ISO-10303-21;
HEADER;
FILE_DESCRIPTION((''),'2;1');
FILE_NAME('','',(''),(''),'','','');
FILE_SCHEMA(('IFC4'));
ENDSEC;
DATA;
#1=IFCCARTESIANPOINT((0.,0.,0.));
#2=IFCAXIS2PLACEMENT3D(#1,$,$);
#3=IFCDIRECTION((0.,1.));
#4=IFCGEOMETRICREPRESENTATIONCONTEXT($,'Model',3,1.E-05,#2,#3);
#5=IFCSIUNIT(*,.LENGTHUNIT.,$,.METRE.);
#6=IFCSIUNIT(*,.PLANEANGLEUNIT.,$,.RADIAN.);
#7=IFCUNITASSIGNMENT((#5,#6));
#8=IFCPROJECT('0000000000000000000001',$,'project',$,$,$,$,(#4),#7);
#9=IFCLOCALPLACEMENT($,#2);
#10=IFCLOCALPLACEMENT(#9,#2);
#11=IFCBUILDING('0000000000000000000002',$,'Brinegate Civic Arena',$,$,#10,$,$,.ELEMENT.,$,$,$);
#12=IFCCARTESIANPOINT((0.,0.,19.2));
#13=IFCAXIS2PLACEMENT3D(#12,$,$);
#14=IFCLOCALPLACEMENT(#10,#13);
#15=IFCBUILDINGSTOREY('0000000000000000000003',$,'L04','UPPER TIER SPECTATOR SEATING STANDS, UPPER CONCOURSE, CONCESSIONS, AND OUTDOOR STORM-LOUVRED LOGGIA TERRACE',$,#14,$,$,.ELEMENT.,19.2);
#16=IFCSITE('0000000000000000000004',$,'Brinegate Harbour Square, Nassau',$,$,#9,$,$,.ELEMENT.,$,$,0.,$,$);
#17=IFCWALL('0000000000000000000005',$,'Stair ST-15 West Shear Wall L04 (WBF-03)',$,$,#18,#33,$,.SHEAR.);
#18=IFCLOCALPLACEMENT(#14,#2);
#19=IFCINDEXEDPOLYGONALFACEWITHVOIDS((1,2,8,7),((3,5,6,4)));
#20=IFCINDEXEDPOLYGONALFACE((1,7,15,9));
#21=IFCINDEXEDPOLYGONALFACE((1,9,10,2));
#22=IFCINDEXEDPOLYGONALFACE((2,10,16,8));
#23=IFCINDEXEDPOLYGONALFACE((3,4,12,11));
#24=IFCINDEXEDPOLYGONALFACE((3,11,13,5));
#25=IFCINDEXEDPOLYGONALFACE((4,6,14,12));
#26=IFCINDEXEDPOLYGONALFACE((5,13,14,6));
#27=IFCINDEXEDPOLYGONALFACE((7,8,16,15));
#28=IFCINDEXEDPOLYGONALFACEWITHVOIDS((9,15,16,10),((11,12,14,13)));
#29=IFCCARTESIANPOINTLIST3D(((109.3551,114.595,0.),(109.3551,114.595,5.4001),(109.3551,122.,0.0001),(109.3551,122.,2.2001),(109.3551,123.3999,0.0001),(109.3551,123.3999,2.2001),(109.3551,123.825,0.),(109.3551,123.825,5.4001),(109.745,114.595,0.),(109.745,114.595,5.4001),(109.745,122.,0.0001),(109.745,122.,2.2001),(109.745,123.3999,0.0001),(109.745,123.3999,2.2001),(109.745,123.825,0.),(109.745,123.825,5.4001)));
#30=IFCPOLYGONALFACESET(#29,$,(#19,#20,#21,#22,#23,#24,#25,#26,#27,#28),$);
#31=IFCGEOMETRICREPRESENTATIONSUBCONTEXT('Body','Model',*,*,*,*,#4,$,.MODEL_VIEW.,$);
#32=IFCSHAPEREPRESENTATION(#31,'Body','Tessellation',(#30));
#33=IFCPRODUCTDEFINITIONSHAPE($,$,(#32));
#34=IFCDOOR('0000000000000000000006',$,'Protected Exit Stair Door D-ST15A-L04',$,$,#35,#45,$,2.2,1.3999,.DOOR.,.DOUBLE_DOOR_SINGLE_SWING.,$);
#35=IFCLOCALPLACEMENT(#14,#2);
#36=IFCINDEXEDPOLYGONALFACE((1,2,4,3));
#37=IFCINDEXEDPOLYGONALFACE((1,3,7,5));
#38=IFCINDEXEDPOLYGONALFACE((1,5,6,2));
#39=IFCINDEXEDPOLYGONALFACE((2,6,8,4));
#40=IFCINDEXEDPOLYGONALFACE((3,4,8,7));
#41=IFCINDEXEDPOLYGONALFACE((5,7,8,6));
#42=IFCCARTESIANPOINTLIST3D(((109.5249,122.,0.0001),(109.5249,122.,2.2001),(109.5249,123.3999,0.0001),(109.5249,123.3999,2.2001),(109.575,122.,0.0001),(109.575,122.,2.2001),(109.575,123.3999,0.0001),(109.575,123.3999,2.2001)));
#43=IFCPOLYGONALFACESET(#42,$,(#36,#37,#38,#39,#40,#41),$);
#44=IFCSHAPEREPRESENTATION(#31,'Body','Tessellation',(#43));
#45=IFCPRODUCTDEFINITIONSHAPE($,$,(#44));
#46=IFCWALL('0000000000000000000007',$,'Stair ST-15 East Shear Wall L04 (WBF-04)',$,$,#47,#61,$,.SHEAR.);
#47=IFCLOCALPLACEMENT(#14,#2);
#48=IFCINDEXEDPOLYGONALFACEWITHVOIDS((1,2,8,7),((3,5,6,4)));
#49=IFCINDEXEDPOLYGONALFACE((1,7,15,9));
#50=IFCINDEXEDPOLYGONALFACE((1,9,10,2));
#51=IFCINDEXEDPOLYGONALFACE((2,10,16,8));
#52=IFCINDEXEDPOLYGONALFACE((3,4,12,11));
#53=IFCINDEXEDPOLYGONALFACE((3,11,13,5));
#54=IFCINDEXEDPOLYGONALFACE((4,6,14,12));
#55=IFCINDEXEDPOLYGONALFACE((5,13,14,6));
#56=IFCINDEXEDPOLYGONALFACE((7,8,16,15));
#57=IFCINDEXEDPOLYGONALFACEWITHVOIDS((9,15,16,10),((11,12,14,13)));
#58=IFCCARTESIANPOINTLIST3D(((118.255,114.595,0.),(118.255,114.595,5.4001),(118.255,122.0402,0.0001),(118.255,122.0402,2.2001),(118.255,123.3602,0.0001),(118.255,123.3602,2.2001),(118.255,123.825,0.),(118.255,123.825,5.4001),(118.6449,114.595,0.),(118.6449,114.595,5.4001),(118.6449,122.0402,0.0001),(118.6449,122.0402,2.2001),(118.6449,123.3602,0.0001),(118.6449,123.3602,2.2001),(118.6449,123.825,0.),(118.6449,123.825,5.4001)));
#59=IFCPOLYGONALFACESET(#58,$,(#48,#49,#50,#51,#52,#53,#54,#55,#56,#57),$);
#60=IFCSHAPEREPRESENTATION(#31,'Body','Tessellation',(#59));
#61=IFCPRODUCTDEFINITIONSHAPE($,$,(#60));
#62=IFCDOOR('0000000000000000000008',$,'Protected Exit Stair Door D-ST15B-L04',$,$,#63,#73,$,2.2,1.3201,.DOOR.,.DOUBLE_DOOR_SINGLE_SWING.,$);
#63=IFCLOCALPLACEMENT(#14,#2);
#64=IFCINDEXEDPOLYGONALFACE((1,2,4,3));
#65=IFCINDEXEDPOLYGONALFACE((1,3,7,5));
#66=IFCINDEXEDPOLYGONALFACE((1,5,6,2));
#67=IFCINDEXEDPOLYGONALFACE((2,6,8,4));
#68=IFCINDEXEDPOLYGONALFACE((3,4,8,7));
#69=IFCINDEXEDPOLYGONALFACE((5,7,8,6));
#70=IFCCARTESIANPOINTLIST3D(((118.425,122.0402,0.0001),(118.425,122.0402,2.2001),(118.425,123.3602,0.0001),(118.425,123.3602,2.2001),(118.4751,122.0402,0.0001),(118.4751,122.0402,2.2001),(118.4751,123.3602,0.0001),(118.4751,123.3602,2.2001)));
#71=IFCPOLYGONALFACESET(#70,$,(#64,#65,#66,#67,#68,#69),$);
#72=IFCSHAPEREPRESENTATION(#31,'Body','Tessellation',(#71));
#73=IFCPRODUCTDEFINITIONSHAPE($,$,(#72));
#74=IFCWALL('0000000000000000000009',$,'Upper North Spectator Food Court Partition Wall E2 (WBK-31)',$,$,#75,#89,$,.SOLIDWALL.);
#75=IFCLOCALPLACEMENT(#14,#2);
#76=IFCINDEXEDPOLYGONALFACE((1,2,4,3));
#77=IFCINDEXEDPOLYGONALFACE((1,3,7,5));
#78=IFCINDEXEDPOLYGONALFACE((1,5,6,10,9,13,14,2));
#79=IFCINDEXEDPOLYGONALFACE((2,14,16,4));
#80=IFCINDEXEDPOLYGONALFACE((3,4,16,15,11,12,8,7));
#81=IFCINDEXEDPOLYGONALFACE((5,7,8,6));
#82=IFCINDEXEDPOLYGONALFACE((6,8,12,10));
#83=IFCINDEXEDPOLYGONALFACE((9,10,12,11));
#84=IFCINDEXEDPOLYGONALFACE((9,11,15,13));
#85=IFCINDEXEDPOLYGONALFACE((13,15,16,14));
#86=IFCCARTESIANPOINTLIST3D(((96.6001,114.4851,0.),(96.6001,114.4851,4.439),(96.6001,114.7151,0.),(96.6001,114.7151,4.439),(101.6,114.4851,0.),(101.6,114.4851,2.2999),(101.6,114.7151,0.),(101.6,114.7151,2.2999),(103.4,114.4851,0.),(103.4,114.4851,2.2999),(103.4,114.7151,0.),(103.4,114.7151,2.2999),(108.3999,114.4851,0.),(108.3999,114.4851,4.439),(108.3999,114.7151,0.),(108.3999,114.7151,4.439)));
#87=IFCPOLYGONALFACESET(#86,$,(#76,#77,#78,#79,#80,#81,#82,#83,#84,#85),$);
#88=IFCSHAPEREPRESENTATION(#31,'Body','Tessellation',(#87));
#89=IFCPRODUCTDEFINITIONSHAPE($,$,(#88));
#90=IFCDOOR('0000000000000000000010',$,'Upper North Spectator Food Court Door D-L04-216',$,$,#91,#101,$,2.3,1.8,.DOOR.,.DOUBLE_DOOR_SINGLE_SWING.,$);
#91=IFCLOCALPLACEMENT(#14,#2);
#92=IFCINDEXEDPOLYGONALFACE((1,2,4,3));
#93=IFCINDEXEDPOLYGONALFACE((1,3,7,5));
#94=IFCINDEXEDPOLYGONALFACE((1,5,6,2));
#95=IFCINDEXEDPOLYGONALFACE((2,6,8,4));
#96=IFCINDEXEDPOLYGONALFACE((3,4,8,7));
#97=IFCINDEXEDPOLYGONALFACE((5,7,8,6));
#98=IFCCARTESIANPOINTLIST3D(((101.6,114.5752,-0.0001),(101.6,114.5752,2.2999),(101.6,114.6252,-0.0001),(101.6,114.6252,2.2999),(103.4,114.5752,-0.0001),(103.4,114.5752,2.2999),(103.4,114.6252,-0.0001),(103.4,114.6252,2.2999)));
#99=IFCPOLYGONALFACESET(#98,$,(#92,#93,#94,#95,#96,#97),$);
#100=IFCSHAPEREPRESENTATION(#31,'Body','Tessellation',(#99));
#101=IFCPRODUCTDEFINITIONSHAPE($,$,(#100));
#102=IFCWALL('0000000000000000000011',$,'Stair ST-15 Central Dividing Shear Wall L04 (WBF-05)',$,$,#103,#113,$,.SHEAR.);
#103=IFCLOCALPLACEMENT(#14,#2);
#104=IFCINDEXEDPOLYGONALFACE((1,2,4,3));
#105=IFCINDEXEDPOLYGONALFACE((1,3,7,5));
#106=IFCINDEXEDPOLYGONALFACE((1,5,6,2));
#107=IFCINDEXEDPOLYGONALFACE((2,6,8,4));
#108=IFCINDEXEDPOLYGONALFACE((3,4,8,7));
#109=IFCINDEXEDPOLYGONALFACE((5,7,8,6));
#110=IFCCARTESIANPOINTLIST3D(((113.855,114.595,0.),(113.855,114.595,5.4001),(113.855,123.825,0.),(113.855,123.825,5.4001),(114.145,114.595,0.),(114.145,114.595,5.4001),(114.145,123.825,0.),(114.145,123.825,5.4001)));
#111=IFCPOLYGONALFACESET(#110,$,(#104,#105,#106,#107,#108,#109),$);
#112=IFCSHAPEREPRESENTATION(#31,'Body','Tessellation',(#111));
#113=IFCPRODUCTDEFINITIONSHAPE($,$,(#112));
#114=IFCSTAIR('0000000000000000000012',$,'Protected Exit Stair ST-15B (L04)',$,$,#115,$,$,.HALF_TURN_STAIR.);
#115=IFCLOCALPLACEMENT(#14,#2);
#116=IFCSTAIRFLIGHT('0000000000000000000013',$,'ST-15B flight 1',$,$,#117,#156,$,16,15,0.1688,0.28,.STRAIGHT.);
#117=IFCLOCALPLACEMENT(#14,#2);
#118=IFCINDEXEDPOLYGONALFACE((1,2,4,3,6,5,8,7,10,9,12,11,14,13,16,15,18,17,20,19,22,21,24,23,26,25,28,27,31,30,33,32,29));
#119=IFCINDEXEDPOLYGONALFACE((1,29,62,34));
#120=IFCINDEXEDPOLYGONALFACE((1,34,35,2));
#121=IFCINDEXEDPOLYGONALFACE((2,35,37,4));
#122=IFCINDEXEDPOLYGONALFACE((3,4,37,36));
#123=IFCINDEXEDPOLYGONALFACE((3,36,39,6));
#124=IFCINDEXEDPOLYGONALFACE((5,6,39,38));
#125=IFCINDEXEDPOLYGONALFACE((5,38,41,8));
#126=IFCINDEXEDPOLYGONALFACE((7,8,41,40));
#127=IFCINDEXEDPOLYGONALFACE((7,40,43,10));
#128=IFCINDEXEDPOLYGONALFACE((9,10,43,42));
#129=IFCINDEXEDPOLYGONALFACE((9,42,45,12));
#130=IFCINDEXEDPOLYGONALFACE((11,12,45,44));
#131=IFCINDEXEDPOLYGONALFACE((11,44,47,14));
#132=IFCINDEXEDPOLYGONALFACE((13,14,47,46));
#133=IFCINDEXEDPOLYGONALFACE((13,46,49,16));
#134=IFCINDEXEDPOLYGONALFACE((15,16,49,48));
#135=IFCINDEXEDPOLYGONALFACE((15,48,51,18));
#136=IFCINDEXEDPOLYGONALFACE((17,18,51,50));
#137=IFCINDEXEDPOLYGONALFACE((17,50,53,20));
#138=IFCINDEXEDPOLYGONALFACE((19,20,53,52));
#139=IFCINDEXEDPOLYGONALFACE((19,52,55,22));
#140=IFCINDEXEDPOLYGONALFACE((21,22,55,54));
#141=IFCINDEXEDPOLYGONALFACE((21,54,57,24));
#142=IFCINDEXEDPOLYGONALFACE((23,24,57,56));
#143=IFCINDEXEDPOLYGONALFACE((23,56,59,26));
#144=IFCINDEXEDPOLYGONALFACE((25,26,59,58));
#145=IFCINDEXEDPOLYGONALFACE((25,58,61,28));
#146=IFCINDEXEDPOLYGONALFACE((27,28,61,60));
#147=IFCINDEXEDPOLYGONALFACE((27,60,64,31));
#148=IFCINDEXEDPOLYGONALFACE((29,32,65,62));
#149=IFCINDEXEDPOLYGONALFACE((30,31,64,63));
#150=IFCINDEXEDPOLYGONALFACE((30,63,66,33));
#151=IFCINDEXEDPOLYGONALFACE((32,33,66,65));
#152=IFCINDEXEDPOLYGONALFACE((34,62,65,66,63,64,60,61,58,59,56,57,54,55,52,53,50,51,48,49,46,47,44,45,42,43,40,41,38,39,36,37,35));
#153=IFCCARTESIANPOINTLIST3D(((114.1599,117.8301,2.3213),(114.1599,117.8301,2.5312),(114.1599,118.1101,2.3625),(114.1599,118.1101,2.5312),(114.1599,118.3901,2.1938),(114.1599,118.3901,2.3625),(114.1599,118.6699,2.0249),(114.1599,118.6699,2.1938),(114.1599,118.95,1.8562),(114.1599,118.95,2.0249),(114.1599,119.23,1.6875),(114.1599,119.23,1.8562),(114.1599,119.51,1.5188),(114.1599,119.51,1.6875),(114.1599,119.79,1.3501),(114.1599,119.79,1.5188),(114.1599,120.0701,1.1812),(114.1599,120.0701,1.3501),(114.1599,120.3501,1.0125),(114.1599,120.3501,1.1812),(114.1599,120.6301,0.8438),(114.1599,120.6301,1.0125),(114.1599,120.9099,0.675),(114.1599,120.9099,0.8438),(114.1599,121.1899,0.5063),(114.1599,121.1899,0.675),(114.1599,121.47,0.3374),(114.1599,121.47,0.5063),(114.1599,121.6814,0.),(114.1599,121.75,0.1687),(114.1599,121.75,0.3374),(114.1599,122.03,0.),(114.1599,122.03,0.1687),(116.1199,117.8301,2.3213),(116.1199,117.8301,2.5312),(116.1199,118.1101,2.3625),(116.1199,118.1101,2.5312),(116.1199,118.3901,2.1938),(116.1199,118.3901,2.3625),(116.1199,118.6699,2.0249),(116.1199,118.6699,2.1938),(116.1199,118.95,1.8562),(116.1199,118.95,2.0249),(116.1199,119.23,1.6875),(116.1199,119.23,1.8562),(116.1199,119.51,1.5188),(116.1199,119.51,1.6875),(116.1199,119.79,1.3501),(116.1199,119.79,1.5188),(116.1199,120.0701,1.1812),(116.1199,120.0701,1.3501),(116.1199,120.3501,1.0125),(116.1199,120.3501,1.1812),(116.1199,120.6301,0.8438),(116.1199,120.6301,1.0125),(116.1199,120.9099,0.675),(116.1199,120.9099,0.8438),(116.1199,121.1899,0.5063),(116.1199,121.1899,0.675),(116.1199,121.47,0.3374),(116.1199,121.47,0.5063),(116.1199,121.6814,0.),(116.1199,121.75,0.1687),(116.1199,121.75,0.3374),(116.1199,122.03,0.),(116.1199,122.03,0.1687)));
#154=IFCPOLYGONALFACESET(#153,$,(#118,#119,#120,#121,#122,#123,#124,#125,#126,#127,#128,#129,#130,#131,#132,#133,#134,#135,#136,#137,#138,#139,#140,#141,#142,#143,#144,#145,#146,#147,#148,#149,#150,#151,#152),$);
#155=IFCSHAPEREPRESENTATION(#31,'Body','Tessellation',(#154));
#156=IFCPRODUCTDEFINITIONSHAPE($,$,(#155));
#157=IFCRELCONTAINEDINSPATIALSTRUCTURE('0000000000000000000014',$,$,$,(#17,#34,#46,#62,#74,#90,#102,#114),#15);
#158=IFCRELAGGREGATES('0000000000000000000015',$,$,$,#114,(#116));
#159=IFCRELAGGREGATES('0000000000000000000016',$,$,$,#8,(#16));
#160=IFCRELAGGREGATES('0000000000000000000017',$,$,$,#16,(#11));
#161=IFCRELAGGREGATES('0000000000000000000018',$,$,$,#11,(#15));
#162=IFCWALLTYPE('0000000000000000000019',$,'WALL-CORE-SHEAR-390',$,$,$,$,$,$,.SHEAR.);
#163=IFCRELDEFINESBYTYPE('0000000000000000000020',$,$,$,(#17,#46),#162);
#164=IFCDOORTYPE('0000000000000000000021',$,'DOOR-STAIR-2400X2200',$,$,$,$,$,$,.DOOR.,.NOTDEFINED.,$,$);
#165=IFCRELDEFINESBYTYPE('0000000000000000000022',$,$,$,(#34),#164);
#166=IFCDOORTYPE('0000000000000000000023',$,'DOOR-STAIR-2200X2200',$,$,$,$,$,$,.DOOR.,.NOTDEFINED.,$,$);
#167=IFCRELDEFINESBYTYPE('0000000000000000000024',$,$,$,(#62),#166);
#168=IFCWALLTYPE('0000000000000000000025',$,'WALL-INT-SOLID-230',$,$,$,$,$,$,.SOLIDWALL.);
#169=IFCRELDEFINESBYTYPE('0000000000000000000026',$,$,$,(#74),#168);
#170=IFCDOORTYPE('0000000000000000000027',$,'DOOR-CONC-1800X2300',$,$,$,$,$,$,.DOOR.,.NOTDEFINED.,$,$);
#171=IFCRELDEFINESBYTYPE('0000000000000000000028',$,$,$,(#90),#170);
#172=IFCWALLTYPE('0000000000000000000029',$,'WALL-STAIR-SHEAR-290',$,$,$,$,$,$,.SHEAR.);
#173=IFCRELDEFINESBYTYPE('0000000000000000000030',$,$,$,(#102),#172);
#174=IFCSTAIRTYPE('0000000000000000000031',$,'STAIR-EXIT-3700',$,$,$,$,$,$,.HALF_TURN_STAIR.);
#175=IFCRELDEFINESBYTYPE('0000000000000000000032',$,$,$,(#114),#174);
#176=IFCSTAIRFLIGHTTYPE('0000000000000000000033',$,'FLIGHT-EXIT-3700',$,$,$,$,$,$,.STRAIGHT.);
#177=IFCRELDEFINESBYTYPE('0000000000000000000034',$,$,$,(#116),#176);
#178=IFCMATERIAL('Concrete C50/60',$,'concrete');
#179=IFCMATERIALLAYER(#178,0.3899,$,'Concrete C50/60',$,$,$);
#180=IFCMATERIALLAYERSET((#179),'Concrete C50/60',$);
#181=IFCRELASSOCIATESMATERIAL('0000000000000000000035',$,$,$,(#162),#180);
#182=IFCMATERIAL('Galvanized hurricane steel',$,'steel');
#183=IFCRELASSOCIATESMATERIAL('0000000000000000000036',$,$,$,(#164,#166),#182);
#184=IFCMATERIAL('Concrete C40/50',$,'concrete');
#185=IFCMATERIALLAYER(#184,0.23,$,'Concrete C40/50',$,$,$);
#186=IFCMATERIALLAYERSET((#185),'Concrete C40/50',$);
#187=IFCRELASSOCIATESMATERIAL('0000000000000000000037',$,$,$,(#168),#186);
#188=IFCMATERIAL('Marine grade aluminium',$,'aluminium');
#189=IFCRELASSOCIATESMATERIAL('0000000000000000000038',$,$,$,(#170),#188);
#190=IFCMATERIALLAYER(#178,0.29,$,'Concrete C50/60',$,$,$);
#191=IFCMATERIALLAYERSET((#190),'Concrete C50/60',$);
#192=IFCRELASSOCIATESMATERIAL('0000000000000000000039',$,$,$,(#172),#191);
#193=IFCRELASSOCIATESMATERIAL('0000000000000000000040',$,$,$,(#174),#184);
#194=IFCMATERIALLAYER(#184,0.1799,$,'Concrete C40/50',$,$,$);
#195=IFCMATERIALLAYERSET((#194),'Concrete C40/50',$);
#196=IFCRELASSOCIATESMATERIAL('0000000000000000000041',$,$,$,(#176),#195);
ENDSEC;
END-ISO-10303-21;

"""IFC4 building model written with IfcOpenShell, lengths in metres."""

from ifc_helpers import new_model, si_unit, direction, frame, frame_2d, origin, place, context, subcontext, project, spatial, polyline, rectangle, outline, extrude, material, layer, layer_set, type_object, element, fill, aggregate, save


model = new_model("IFC4")

# Units and contexts
model_context = context("Model", 3, precision=1e-05, world=origin(), true_north=direction((0.0, 1.0)))
body_context = subcontext(model_context, "Body", "Model", "MODEL_VIEW")
ifc_project = project(units=[si_unit("LENGTHUNIT", "METRE"), si_unit("PLANEANGLEUNIT", "RADIAN")], contexts=[model_context])

# Site, building, storey
site_placement = place(None, origin())
site = spatial("IfcSite", under=ifc_project, at=site_placement, Name="Brinegate Harbour Square, Nassau", CompositionType="ELEMENT", RefElevation=0.0)
building_placement = place(site_placement, origin())
building = spatial("IfcBuilding", under=site, at=building_placement, Name="Brinegate Civic Arena", CompositionType="ELEMENT")
storey_placement = place(building_placement, frame((0.0, 0.0, 19.2)))
storey = spatial("IfcBuildingStorey", under=building, at=storey_placement, Name="L04", Description="UPPER TIER SPECTATOR SEATING STANDS, UPPER CONCOURSE, CONCESSIONS, AND OUTDOOR STORM-LOUVRED LOGGIA TERRACE", CompositionType="ELEMENT", Elevation=19.2)

# Shared definitions
ifc_material_1 = material(Name="Concrete C50/60", Category="concrete")

# Shared definitions
ifc_layer_1 = layer(ifc_material_1, 0.3899, Name="Concrete C50/60")
ifc_layer_set_1 = layer_set([ifc_layer_1], Name="Concrete C50/60")
wall_type_1 = type_object("IfcWallType", Name="WALL-CORE-SHEAR-390", PredefinedType="SHEAR", material=ifc_layer_set_1)

# Walls, openings, doors
wall_1_placement = place(storey_placement, frame((109.55, 114.595, 0.0), z_axis=(0.0, 0.0, 1.0), x_axis=(0.0, 1.0, 0.0)))
wall_1 = element("IfcWall", 1, at=wall_1_placement, inside=storey, type_object=wall_type_1, Name="Stair ST-15 West Shear Wall L04 (WBF-03)", PredefinedType="SHEAR", context=body_context, shape_type="SweptSolid", body=[
    extrude(rectangle(XDim=9.23, YDim=0.3899, at=frame_2d((4.615, 0.0))), origin(), (0.0, 0.0, 1.0), 5.4001),
])
opening_1_placement = place(wall_1_placement, frame((7.405, 0.0, 0.0)))
opening_1 = element("IfcOpeningElement", 2, at=opening_1_placement, cuts=wall_1, PredefinedType="OPENING", context=body_context, shape_type="SweptSolid", body=[
    extrude(rectangle(XDim=1.3999, YDim=2.2, at=frame_2d((0.7, 1.1001))), frame((0.0, 0.2048, 0.0), z_axis=(0.0, -1.0, 0.0), x_axis=(1.0, 0.0, 0.0)), (0.0, 0.0, 1.0), 0.4099),
])
ifc_material_2 = material(Name="Galvanized hurricane steel", Category="steel")
door_type_1 = type_object("IfcDoorType", Name="DOOR-STAIR-2400X2200", OperationType="NOTDEFINED", PredefinedType="DOOR", material=ifc_material_2)
door_1_placement = place(opening_1_placement, frame((1.3999, 0.0, 0.0), z_axis=(0.0, 0.0, 1.0), x_axis=(-1.0, 0.0, 0.0)))
door_1 = element("IfcDoor", 3, at=door_1_placement, inside=storey, type_object=door_type_1, Name="Protected Exit Stair Door D-ST15A-L04", OperationType="DOUBLE_DOOR_SINGLE_SWING", OverallHeight=2.2, OverallWidth=1.3999, PredefinedType="DOOR", context=body_context, shape_type="SweptSolid", body=[
    extrude(rectangle(XDim=1.3999, YDim=2.2, at=frame_2d((0.7, 1.1001))), frame((0.0, 0.0249, 0.0), z_axis=(0.0, -1.0, 0.0), x_axis=(1.0, 0.0, 0.0)), (0.0, 0.0, 1.0), 0.05),
])
fill(opening_1, door_1)
wall_2_placement = place(storey_placement, frame((118.45, 114.595, 0.0), z_axis=(0.0, 0.0, 1.0), x_axis=(0.0, 1.0, 0.0)))
wall_2 = element("IfcWall", 4, at=wall_2_placement, inside=storey, type_object=wall_type_1, Name="Stair ST-15 East Shear Wall L04 (WBF-04)", PredefinedType="SHEAR", context=body_context, shape_type="SweptSolid", body=[
    extrude(rectangle(XDim=9.23, YDim=0.3899, at=frame_2d((4.615, 0.0))), origin(), (0.0, 0.0, 1.0), 5.4001),
])
opening_2_placement = place(wall_2_placement, frame((7.4451, 0.0, 0.0)))
opening_2 = element("IfcOpeningElement", 5, at=opening_2_placement, cuts=wall_2, PredefinedType="OPENING", context=body_context, shape_type="SweptSolid", body=[
    extrude(rectangle(XDim=1.3201, YDim=2.2, at=frame_2d((0.6602, 1.1001))), frame((0.0, 0.2048, 0.0), z_axis=(0.0, -1.0, 0.0), x_axis=(1.0, 0.0, 0.0)), (0.0, 0.0, 1.0), 0.4099),
])
door_type_2 = type_object("IfcDoorType", Name="DOOR-STAIR-2200X2200", OperationType="NOTDEFINED", PredefinedType="DOOR", material=ifc_material_2)
door_2_placement = place(opening_2_placement, origin())
door_2 = element("IfcDoor", 6, at=door_2_placement, inside=storey, type_object=door_type_2, Name="Protected Exit Stair Door D-ST15B-L04", OperationType="DOUBLE_DOOR_SINGLE_SWING", OverallHeight=2.2, OverallWidth=1.3201, PredefinedType="DOOR", context=body_context, shape_type="SweptSolid", body=[
    extrude(rectangle(XDim=1.3201, YDim=2.2, at=frame_2d((0.6602, 1.1001))), frame((0.0, 0.0249, 0.0), z_axis=(0.0, -1.0, 0.0), x_axis=(1.0, 0.0, 0.0)), (0.0, 0.0, 1.0), 0.05),
])
fill(opening_2, door_2)
ifc_material_3 = material(Name="Concrete C40/50", Category="concrete")
ifc_layer_2 = layer(ifc_material_3, 0.23, Name="Concrete C40/50")
ifc_layer_set_2 = layer_set([ifc_layer_2], Name="Concrete C40/50")
wall_type_2 = type_object("IfcWallType", Name="WALL-INT-SOLID-230", PredefinedType="SOLIDWALL", material=ifc_layer_set_2)
wall_3_placement = place(storey_placement, frame((108.3999, 114.6001, 0.0), z_axis=(0.0, 0.0, 1.0), x_axis=(-1.0, 0.0, 0.0)))
wall_3 = element("IfcWall", 7, at=wall_3_placement, inside=storey, type_object=wall_type_2, Name="Upper North Spectator Food Court Partition Wall E2 (WBK-31)", PredefinedType="SOLIDWALL", context=body_context, shape_type="SweptSolid", body=[
    extrude(rectangle(XDim=11.7998, YDim=0.23, at=frame_2d((5.8999, 0.0))), origin(), (0.0, 0.0, 1.0), 4.439),
])
opening_3_placement = place(wall_3_placement, frame((5.0, 0.0, 0.0)))
opening_3 = element("IfcOpeningElement", 8, at=opening_3_placement, cuts=wall_3, PredefinedType="OPENING", context=body_context, shape_type="SweptSolid", body=[
    extrude(rectangle(XDim=1.8, YDim=2.3, at=frame_2d((0.8999, 1.1499))), frame((0.0, 0.125, 0.0), z_axis=(0.0, -1.0, 0.0), x_axis=(1.0, 0.0, 0.0)), (0.0, 0.0, 1.0), 0.25),
])
ifc_material_4 = material(Name="Marine grade aluminium", Category="aluminium")
door_type_3 = type_object("IfcDoorType", Name="DOOR-CONC-1800X2300", OperationType="NOTDEFINED", PredefinedType="DOOR", material=ifc_material_4)
door_3_placement = place(opening_3_placement, origin())
door_3 = element("IfcDoor", 9, at=door_3_placement, inside=storey, type_object=door_type_3, Name="Upper North Spectator Food Court Door D-L04-216", OperationType="DOUBLE_DOOR_SINGLE_SWING", OverallHeight=2.3, OverallWidth=1.8, PredefinedType="DOOR", context=body_context, shape_type="SweptSolid", body=[
    extrude(rectangle(XDim=1.8, YDim=2.3, at=frame_2d((0.8999, 1.1499))), frame((0.0, 0.0249, 0.0), z_axis=(0.0, -1.0, 0.0), x_axis=(1.0, 0.0, 0.0)), (0.0, 0.0, 1.0), 0.05),
])
fill(opening_3, door_3)

# Wall
ifc_layer_3 = layer(ifc_material_1, 0.29, Name="Concrete C50/60")
ifc_layer_set_3 = layer_set([ifc_layer_3], Name="Concrete C50/60")
wall_type_3 = type_object("IfcWallType", Name="WALL-STAIR-SHEAR-290", PredefinedType="SHEAR", material=ifc_layer_set_3)
wall_4_placement = place(storey_placement, frame((114.0, 114.595, 0.0), z_axis=(0.0, 0.0, 1.0), x_axis=(0.0, 1.0, 0.0)))
element("IfcWall", 10, at=wall_4_placement, inside=storey, type_object=wall_type_3, Name="Stair ST-15 Central Dividing Shear Wall L04 (WBF-05)", PredefinedType="SHEAR", context=body_context, shape_type="SweptSolid", body=[
    extrude(rectangle(XDim=9.23, YDim=0.29, at=frame_2d((4.615, 0.0))), origin(), (0.0, 0.0, 1.0), 5.4001),
])

# Stair, stair flight
stair_type_1 = type_object("IfcStairType", Name="STAIR-EXIT-3700", PredefinedType="HALF_TURN_STAIR", material=ifc_material_3)
stair_1_placement = place(storey_placement, origin())
stair_1 = element("IfcStair", 11, at=stair_1_placement, inside=storey, type_object=stair_type_1, Name="Protected Exit Stair ST-15B (L04)", PredefinedType="HALF_TURN_STAIR")
ifc_layer_4 = layer(ifc_material_3, 0.1799, Name="Concrete C40/50")
ifc_layer_set_4 = layer_set([ifc_layer_4], Name="Concrete C40/50")
stair_flight_type_1 = type_object("IfcStairFlightType", Name="FLIGHT-EXIT-3700", PredefinedType="STRAIGHT", material=ifc_layer_set_4)
stair_flight_1_placement = place(storey_placement, frame((115.1399, 122.03, 0.0), z_axis=(0.0, 0.0, 1.0), x_axis=(0.0, -1.0, 0.0)))
stair_flight_1 = element("IfcStairFlight", 12, at=stair_flight_1_placement, type_object=stair_flight_type_1, Name="ST-15B flight 1", NumberOfRisers=16, NumberOfTreads=15, PredefinedType="STRAIGHT", RiserHeight=0.1688, TreadLength=0.28, context=body_context, shape_type="SweptSolid", body=[
    extrude(outline(polyline([(0.0, 0.0), (0.0, 0.1687), (0.28, 0.1687), (0.28, 0.3374), (0.5601, 0.3374), (0.5601, 0.5063), (0.8401, 0.5063), (0.8401, 0.675), (1.1201, 0.675), (1.1201, 0.8438), (1.3999, 0.8438), (1.3999, 1.0125), (1.6799, 1.0125), (1.6799, 1.1812), (1.96, 1.1812), (1.96, 1.3501), (2.24, 1.3501), (2.24, 1.5188), (2.52, 1.5188), (2.52, 1.6875), (2.8, 1.6875), (2.8, 1.8562), (3.0801, 1.8562), (3.0801, 2.0249), (3.3601, 2.0249), (3.3601, 2.1938), (3.6399, 2.1938), (3.6399, 2.3625), (3.9199, 2.3625), (3.9199, 2.5312), (4.2, 2.5312), (4.2, 2.7), (4.2, 2.3213), (0.3486, 0.0), (0.0, 0.0)])), frame((0.0, 0.98, 0.0), z_axis=(0.0, -1.0, 0.0), x_axis=(1.0, 0.0, 0.0)), (0.0, 0.0, 1.0), 1.96),
])
aggregate(stair_1, [stair_flight_1])

save(model, "model.ifc")
